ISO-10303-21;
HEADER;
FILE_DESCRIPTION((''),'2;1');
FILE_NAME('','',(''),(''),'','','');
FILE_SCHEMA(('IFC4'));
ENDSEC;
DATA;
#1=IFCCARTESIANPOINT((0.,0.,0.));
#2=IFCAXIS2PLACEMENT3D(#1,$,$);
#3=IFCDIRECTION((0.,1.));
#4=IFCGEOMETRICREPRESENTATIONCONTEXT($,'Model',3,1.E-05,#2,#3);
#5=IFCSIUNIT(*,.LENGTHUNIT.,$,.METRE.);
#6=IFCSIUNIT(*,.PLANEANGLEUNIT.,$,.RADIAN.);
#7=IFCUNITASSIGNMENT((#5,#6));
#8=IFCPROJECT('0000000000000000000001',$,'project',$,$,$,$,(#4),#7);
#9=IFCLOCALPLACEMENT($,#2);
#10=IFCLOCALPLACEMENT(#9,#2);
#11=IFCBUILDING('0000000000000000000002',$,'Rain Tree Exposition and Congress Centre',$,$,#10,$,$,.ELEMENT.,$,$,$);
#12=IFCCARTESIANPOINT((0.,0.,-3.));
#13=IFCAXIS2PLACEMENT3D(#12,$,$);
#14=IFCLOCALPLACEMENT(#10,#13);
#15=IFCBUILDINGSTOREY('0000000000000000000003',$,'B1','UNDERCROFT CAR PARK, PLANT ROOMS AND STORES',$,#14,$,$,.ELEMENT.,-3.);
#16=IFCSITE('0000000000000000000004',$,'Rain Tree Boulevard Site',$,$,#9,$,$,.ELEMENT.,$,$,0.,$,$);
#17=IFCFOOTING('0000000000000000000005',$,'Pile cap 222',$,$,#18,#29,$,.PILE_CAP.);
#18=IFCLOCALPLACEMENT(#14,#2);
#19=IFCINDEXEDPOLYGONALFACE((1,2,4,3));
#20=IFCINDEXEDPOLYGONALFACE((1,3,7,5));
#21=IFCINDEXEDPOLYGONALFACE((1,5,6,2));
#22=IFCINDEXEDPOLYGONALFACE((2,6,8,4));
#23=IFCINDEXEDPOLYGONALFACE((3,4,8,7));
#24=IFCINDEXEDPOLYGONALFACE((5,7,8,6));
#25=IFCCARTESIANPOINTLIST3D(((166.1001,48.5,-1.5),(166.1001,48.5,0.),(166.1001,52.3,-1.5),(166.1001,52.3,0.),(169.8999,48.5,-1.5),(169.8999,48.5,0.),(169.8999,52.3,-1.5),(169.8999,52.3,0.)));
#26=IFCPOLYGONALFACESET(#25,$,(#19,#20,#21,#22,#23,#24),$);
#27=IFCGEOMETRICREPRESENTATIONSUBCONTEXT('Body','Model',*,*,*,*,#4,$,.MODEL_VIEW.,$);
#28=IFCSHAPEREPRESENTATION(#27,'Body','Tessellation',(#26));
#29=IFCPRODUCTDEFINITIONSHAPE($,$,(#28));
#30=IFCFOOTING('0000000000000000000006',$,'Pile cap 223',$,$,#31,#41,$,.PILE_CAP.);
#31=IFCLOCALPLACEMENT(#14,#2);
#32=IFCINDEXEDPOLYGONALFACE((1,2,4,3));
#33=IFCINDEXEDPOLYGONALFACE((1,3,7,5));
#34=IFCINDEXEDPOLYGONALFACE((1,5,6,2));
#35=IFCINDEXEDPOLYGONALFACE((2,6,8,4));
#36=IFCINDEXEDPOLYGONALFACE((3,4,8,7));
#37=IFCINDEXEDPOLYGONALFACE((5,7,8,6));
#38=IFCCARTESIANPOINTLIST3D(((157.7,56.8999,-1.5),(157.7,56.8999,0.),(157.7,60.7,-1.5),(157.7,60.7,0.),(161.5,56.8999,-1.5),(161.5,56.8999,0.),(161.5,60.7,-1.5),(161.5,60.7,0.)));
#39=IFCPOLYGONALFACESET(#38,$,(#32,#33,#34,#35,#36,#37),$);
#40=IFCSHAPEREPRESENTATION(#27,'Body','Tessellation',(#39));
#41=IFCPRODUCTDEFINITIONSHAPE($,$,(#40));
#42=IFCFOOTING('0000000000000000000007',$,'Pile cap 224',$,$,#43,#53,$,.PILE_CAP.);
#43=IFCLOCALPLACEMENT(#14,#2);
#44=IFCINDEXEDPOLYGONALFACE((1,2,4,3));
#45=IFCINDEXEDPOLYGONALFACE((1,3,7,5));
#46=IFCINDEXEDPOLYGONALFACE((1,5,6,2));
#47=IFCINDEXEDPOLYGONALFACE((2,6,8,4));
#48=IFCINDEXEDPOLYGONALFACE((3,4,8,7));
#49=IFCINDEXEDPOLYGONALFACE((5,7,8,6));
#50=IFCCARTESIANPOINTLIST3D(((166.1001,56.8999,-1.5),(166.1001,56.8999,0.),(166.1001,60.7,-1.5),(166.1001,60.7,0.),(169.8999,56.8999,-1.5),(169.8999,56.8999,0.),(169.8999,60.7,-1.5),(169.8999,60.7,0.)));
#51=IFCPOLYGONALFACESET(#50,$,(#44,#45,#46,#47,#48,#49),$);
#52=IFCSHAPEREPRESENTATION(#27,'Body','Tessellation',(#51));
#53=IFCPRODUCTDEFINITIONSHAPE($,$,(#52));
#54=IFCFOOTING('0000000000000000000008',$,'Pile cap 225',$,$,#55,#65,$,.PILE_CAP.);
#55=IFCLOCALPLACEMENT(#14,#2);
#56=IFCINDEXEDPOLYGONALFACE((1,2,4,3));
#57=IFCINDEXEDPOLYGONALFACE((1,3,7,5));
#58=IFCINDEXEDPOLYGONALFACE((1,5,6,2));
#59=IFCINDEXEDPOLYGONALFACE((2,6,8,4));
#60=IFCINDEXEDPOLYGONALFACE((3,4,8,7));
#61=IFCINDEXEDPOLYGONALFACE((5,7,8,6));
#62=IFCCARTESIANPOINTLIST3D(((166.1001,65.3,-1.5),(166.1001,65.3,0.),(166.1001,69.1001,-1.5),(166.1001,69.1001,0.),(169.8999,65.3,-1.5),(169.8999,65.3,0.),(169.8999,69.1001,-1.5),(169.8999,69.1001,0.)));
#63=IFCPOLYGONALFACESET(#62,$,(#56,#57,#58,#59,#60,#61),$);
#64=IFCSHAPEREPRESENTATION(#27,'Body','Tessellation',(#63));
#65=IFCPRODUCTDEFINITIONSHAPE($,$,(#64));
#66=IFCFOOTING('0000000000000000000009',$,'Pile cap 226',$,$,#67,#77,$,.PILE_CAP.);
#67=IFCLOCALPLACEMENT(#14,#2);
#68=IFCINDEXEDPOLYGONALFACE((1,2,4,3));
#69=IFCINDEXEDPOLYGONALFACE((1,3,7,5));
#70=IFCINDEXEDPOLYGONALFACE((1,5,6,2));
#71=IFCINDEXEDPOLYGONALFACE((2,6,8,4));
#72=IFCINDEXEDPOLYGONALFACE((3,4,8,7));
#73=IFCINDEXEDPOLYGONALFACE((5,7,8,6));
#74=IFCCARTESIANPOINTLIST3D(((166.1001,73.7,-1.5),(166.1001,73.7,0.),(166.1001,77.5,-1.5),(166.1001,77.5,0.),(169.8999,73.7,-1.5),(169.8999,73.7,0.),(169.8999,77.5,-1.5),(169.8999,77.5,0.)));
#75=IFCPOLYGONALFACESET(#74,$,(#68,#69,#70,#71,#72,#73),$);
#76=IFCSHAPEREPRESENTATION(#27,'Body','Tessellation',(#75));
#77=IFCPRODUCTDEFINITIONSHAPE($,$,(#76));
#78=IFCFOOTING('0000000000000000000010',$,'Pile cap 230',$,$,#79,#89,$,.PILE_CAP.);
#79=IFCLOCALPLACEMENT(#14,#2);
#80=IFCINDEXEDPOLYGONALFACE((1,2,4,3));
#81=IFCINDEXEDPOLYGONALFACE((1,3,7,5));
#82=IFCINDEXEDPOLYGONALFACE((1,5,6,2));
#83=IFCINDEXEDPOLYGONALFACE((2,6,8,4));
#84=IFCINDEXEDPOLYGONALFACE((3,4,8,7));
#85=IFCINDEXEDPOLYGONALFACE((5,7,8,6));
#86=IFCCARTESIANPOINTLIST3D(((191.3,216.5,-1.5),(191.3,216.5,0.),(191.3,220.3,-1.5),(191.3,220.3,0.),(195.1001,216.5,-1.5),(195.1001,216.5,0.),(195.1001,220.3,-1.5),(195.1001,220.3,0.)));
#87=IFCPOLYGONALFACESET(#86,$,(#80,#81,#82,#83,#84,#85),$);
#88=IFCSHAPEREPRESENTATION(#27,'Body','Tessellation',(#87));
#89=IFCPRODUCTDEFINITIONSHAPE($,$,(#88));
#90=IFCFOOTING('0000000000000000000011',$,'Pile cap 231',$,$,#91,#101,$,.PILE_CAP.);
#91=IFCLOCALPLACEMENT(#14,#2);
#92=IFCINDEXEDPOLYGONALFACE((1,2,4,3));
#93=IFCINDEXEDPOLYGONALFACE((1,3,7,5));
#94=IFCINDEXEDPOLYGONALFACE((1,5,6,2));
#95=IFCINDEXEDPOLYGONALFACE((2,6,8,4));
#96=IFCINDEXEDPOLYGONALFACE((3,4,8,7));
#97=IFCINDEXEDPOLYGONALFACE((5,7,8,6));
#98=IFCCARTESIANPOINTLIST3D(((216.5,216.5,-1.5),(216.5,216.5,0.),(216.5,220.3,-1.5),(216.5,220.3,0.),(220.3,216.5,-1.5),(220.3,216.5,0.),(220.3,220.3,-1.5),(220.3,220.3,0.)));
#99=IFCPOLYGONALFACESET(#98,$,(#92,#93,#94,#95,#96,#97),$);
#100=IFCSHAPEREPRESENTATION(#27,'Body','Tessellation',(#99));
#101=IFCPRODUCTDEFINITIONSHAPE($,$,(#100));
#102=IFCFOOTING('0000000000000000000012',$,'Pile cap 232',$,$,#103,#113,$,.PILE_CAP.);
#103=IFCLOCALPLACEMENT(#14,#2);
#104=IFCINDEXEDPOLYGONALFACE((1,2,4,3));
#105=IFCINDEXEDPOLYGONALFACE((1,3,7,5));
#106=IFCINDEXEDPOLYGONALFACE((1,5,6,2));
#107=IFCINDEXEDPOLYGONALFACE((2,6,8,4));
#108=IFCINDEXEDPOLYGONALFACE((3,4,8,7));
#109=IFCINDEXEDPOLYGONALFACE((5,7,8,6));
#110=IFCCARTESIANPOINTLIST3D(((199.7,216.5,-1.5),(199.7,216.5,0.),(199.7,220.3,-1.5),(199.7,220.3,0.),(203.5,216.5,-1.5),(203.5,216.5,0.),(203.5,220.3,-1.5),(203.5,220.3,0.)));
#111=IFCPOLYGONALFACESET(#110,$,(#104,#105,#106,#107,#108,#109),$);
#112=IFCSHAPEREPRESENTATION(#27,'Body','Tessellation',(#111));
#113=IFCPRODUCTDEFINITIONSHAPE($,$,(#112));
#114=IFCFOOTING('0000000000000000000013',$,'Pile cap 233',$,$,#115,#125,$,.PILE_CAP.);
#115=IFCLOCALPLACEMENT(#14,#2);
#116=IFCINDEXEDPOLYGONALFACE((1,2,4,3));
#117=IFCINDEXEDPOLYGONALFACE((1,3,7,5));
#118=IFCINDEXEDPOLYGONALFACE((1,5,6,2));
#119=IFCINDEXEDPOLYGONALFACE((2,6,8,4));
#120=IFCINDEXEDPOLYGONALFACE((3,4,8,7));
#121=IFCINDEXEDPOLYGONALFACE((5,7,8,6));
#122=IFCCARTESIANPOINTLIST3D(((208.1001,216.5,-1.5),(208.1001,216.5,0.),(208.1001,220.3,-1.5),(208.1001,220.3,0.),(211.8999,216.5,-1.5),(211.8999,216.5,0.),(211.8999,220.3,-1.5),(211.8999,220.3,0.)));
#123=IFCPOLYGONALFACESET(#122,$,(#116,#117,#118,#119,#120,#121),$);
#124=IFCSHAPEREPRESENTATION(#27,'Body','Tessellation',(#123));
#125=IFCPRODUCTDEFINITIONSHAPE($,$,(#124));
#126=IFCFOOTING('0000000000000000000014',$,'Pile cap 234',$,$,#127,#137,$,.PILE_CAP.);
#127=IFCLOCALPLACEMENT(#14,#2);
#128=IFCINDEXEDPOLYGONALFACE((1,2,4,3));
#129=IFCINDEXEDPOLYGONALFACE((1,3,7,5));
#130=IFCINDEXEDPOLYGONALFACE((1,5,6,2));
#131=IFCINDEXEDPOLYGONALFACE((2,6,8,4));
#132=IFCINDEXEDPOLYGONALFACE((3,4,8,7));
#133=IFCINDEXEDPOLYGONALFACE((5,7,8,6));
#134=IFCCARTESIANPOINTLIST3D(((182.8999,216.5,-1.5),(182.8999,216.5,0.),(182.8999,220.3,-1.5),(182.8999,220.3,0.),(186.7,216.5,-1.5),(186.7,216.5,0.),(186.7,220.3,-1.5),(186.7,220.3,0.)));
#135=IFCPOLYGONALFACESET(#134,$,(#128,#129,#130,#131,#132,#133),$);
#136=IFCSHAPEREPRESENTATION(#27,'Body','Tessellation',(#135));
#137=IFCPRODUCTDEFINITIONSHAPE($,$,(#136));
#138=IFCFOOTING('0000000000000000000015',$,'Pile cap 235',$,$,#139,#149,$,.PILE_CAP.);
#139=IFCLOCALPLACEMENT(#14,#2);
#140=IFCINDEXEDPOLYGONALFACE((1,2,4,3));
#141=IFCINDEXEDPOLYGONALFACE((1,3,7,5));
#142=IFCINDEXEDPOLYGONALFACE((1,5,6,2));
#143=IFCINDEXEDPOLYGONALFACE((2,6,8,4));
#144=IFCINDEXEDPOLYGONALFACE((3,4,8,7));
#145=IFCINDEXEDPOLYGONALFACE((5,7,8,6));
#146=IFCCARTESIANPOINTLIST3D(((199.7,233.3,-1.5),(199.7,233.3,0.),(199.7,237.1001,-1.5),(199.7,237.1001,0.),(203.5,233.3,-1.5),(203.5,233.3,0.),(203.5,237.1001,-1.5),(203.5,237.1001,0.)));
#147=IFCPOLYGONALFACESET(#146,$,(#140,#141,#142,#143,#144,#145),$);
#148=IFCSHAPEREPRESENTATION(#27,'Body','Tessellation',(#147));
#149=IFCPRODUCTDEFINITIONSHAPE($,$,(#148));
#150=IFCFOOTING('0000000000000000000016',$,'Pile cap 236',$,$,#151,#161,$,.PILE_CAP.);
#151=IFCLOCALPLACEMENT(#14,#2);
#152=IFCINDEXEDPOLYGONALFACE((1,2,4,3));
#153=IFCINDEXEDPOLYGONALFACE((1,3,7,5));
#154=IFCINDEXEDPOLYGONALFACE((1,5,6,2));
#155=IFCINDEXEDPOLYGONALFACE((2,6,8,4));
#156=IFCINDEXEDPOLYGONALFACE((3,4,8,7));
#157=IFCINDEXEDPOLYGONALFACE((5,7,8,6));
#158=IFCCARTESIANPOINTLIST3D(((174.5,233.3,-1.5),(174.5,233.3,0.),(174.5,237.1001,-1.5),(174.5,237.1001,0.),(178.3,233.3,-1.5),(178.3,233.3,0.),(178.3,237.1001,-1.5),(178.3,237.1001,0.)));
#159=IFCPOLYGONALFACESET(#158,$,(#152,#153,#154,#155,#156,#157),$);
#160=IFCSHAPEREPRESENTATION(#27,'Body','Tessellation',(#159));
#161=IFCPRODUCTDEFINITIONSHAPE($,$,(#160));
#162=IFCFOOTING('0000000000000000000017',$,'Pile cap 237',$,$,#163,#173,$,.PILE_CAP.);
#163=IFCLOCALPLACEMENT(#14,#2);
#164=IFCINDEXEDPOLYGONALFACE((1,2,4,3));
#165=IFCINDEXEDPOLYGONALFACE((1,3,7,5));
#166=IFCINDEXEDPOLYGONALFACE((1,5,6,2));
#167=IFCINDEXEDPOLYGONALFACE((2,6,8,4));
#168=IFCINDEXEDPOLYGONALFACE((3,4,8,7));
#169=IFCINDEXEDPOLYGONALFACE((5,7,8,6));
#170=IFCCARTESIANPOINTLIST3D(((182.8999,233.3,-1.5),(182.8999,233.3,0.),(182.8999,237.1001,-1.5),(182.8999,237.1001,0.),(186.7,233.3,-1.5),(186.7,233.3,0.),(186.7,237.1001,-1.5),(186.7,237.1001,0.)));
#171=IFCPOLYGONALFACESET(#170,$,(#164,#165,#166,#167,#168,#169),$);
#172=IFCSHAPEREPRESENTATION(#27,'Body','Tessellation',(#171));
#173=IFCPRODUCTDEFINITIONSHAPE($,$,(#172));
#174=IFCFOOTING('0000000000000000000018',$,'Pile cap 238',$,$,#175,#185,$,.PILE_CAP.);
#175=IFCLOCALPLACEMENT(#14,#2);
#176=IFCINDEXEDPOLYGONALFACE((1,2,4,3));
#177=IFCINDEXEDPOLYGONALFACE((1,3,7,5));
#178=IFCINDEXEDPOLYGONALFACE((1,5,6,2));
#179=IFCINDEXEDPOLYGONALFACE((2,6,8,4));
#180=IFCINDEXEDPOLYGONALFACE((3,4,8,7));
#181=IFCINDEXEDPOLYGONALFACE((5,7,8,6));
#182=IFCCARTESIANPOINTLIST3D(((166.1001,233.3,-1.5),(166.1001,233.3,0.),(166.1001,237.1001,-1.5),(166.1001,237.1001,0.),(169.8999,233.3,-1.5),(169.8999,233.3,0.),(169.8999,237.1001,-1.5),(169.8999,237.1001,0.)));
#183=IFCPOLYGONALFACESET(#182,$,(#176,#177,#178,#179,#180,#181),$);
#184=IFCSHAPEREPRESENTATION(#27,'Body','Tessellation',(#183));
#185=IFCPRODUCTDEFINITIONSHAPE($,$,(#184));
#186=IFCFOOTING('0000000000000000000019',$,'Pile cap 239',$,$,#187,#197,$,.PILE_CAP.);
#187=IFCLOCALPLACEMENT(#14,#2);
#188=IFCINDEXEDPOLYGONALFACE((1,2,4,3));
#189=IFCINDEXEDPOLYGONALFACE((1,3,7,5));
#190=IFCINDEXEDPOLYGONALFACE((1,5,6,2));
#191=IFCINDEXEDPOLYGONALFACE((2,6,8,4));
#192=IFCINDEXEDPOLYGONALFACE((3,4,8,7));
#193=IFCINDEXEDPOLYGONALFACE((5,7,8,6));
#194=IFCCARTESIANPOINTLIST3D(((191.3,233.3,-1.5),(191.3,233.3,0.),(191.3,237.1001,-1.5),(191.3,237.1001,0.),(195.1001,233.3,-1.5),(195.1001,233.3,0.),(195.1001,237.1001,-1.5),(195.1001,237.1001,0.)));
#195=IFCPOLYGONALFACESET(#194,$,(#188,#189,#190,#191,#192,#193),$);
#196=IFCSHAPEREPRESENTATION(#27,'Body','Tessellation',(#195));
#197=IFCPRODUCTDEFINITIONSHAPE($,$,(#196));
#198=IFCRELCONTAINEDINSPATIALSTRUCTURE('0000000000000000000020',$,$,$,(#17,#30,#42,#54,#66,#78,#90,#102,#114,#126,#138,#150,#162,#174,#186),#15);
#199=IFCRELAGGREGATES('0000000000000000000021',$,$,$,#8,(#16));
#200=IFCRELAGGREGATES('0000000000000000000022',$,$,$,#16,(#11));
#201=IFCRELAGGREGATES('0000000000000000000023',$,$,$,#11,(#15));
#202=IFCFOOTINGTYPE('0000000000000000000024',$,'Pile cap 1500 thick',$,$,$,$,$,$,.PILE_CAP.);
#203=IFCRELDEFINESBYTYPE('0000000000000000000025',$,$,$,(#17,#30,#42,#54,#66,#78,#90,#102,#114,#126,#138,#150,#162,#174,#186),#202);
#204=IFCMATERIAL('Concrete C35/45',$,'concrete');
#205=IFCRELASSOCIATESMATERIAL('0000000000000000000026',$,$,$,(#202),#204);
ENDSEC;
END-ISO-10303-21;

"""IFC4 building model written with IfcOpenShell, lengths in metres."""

from ifc_helpers import new_model, si_unit, direction, frame, origin, place, context, subcontext, project, spatial, polyline, outline, extrude, material, type_object, element, save


model = new_model("IFC4")

# Units and contexts
model_context = context("Model", 3, precision=1e-05, world=origin(), true_north=direction((0.0, 1.0)))
body_context = subcontext(model_context, "Body", "Model", "MODEL_VIEW")
ifc_project = project(units=[si_unit("LENGTHUNIT", "METRE"), si_unit("PLANEANGLEUNIT", "RADIAN")], contexts=[model_context])

# Site, building, storey
site_placement = place(None, origin())
site = spatial("IfcSite", under=ifc_project, at=site_placement, Name="Rain Tree Boulevard Site", CompositionType="ELEMENT", RefElevation=0.0)
building_placement = place(site_placement, origin())
building = spatial("IfcBuilding", under=site, at=building_placement, Name="Rain Tree Exposition and Congress Centre", CompositionType="ELEMENT")
storey_placement = place(building_placement, frame((0.0, 0.0, -3.0)))
storey = spatial("IfcBuildingStorey", under=building, at=storey_placement, Name="B1", Description="UNDERCROFT CAR PARK, PLANT ROOMS AND STORES", CompositionType="ELEMENT", Elevation=-3.0)

# Footings
ifc_material_1 = material(Name="Concrete C35/45", Category="concrete")
footing_type_1 = type_object("IfcFootingType", Name="Pile cap 1500 thick", PredefinedType="PILE_CAP", material=ifc_material_1)
footing_1_placement = place(storey_placement, frame((0.0, 0.0, -1.5)))
element("IfcFooting", 1, at=footing_1_placement, inside=storey, type_object=footing_type_1, Name="Pile cap 222", PredefinedType="PILE_CAP", context=body_context, shape_type="SweptSolid", body=[
    extrude(outline(polyline([(169.8999, 48.5), (169.8999, 52.3), (166.1001, 52.3), (166.1001, 48.5), (169.8999, 48.5)])), origin(), (0.0, 0.0, 1.0), 1.5),
])
footing_2_placement = place(storey_placement, frame((0.0, 0.0, -1.5)))
element("IfcFooting", 2, at=footing_2_placement, inside=storey, type_object=footing_type_1, Name="Pile cap 223", PredefinedType="PILE_CAP", context=body_context, shape_type="SweptSolid", body=[
    extrude(outline(polyline([(161.5, 56.8999), (161.5, 60.7), (157.7, 60.7), (157.7, 56.8999), (161.5, 56.8999)])), origin(), (0.0, 0.0, 1.0), 1.5),
])
footing_3_placement = place(storey_placement, frame((0.0, 0.0, -1.5)))
element("IfcFooting", 3, at=footing_3_placement, inside=storey, type_object=footing_type_1, Name="Pile cap 224", PredefinedType="PILE_CAP", context=body_context, shape_type="SweptSolid", body=[
    extrude(outline(polyline([(169.8999, 56.8999), (169.8999, 60.7), (166.1001, 60.7), (166.1001, 56.8999), (169.8999, 56.8999)])), origin(), (0.0, 0.0, 1.0), 1.5),
])
footing_4_placement = place(storey_placement, frame((0.0, 0.0, -1.5)))
element("IfcFooting", 4, at=footing_4_placement, inside=storey, type_object=footing_type_1, Name="Pile cap 225", PredefinedType="PILE_CAP", context=body_context, shape_type="SweptSolid", body=[
    extrude(outline(polyline([(169.8999, 65.3), (169.8999, 69.1001), (166.1001, 69.1001), (166.1001, 65.3), (169.8999, 65.3)])), origin(), (0.0, 0.0, 1.0), 1.5),
])
footing_5_placement = place(storey_placement, frame((0.0, 0.0, -1.5)))
element("IfcFooting", 5, at=footing_5_placement, inside=storey, type_object=footing_type_1, Name="Pile cap 226", PredefinedType="PILE_CAP", context=body_context, shape_type="SweptSolid", body=[
    extrude(outline(polyline([(169.8999, 73.7), (169.8999, 77.5), (166.1001, 77.5), (166.1001, 73.7), (169.8999, 73.7)])), origin(), (0.0, 0.0, 1.0), 1.5),
])
footing_6_placement = place(storey_placement, frame((0.0, 0.0, -1.5)))
element("IfcFooting", 6, at=footing_6_placement, inside=storey, type_object=footing_type_1, Name="Pile cap 230", PredefinedType="PILE_CAP", context=body_context, shape_type="SweptSolid", body=[
    extrude(outline(polyline([(195.1001, 216.5), (195.1001, 220.3), (191.3, 220.3), (191.3, 216.5), (195.1001, 216.5)])), origin(), (0.0, 0.0, 1.0), 1.5),
])
footing_7_placement = place(storey_placement, frame((0.0, 0.0, -1.5)))
element("IfcFooting", 7, at=footing_7_placement, inside=storey, type_object=footing_type_1, Name="Pile cap 231", PredefinedType="PILE_CAP", context=body_context, shape_type="SweptSolid", body=[
    extrude(outline(polyline([(220.3, 216.5), (220.3, 220.3), (216.5, 220.3), (216.5, 216.5), (220.3, 216.5)])), origin(), (0.0, 0.0, 1.0), 1.5),
])
footing_8_placement = place(storey_placement, frame((0.0, 0.0, -1.5)))
element("IfcFooting", 8, at=footing_8_placement, inside=storey, type_object=footing_type_1, Name="Pile cap 232", PredefinedType="PILE_CAP", context=body_context, shape_type="SweptSolid", body=[
    extrude(outline(polyline([(203.5, 216.5), (203.5, 220.3), (199.7, 220.3), (199.7, 216.5), (203.5, 216.5)])), origin(), (0.0, 0.0, 1.0), 1.5),
])
footing_9_placement = place(storey_placement, frame((0.0, 0.0, -1.5)))
element("IfcFooting", 9, at=footing_9_placement, inside=storey, type_object=footing_type_1, Name="Pile cap 233", PredefinedType="PILE_CAP", context=body_context, shape_type="SweptSolid", body=[
    extrude(outline(polyline([(211.8999, 216.5), (211.8999, 220.3), (208.1001, 220.3), (208.1001, 216.5), (211.8999, 216.5)])), origin(), (0.0, 0.0, 1.0), 1.5),
])
footing_10_placement = place(storey_placement, frame((0.0, 0.0, -1.5)))
element("IfcFooting", 10, at=footing_10_placement, inside=storey, type_object=footing_type_1, Name="Pile cap 234", PredefinedType="PILE_CAP", context=body_context, shape_type="SweptSolid", body=[
    extrude(outline(polyline([(186.7, 216.5), (186.7, 220.3), (182.8999, 220.3), (182.8999, 216.5), (186.7, 216.5)])), origin(), (0.0, 0.0, 1.0), 1.5),
])
footing_11_placement = place(storey_placement, frame((0.0, 0.0, -1.5)))
element("IfcFooting", 11, at=footing_11_placement, inside=storey, type_object=footing_type_1, Name="Pile cap 235", PredefinedType="PILE_CAP", context=body_context, shape_type="SweptSolid", body=[
    extrude(outline(polyline([(203.5, 233.3), (203.5, 237.1001), (199.7, 237.1001), (199.7, 233.3), (203.5, 233.3)])), origin(), (0.0, 0.0, 1.0), 1.5),
])
footing_12_placement = place(storey_placement, frame((0.0, 0.0, -1.5)))
element("IfcFooting", 12, at=footing_12_placement, inside=storey, type_object=footing_type_1, Name="Pile cap 236", PredefinedType="PILE_CAP", context=body_context, shape_type="SweptSolid", body=[
    extrude(outline(polyline([(178.3, 233.3), (178.3, 237.1001), (174.5, 237.1001), (174.5, 233.3), (178.3, 233.3)])), origin(), (0.0, 0.0, 1.0), 1.5),
])
footing_13_placement = place(storey_placement, frame((0.0, 0.0, -1.5)))
element("IfcFooting", 13, at=footing_13_placement, inside=storey, type_object=footing_type_1, Name="Pile cap 237", PredefinedType="PILE_CAP", context=body_context, shape_type="SweptSolid", body=[
    extrude(outline(polyline([(186.7, 233.3), (186.7, 237.1001), (182.8999, 237.1001), (182.8999, 233.3), (186.7, 233.3)])), origin(), (0.0, 0.0, 1.0), 1.5),
])
footing_14_placement = place(storey_placement, frame((0.0, 0.0, -1.5)))
element("IfcFooting", 14, at=footing_14_placement, inside=storey, type_object=footing_type_1, Name="Pile cap 238", PredefinedType="PILE_CAP", context=body_context, shape_type="SweptSolid", body=[
    extrude(outline(polyline([(169.8999, 233.3), (169.8999, 237.1001), (166.1001, 237.1001), (166.1001, 233.3), (169.8999, 233.3)])), origin(), (0.0, 0.0, 1.0), 1.5),
])
footing_15_placement = place(storey_placement, frame((0.0, 0.0, -1.5)))
element("IfcFooting", 15, at=footing_15_placement, inside=storey, type_object=footing_type_1, Name="Pile cap 239", PredefinedType="PILE_CAP", context=body_context, shape_type="SweptSolid", body=[
    extrude(outline(polyline([(195.1001, 233.3), (195.1001, 237.1001), (191.3, 237.1001), (191.3, 233.3), (195.1001, 233.3)])), origin(), (0.0, 0.0, 1.0), 1.5),
])

save(model, "model.ifc")
